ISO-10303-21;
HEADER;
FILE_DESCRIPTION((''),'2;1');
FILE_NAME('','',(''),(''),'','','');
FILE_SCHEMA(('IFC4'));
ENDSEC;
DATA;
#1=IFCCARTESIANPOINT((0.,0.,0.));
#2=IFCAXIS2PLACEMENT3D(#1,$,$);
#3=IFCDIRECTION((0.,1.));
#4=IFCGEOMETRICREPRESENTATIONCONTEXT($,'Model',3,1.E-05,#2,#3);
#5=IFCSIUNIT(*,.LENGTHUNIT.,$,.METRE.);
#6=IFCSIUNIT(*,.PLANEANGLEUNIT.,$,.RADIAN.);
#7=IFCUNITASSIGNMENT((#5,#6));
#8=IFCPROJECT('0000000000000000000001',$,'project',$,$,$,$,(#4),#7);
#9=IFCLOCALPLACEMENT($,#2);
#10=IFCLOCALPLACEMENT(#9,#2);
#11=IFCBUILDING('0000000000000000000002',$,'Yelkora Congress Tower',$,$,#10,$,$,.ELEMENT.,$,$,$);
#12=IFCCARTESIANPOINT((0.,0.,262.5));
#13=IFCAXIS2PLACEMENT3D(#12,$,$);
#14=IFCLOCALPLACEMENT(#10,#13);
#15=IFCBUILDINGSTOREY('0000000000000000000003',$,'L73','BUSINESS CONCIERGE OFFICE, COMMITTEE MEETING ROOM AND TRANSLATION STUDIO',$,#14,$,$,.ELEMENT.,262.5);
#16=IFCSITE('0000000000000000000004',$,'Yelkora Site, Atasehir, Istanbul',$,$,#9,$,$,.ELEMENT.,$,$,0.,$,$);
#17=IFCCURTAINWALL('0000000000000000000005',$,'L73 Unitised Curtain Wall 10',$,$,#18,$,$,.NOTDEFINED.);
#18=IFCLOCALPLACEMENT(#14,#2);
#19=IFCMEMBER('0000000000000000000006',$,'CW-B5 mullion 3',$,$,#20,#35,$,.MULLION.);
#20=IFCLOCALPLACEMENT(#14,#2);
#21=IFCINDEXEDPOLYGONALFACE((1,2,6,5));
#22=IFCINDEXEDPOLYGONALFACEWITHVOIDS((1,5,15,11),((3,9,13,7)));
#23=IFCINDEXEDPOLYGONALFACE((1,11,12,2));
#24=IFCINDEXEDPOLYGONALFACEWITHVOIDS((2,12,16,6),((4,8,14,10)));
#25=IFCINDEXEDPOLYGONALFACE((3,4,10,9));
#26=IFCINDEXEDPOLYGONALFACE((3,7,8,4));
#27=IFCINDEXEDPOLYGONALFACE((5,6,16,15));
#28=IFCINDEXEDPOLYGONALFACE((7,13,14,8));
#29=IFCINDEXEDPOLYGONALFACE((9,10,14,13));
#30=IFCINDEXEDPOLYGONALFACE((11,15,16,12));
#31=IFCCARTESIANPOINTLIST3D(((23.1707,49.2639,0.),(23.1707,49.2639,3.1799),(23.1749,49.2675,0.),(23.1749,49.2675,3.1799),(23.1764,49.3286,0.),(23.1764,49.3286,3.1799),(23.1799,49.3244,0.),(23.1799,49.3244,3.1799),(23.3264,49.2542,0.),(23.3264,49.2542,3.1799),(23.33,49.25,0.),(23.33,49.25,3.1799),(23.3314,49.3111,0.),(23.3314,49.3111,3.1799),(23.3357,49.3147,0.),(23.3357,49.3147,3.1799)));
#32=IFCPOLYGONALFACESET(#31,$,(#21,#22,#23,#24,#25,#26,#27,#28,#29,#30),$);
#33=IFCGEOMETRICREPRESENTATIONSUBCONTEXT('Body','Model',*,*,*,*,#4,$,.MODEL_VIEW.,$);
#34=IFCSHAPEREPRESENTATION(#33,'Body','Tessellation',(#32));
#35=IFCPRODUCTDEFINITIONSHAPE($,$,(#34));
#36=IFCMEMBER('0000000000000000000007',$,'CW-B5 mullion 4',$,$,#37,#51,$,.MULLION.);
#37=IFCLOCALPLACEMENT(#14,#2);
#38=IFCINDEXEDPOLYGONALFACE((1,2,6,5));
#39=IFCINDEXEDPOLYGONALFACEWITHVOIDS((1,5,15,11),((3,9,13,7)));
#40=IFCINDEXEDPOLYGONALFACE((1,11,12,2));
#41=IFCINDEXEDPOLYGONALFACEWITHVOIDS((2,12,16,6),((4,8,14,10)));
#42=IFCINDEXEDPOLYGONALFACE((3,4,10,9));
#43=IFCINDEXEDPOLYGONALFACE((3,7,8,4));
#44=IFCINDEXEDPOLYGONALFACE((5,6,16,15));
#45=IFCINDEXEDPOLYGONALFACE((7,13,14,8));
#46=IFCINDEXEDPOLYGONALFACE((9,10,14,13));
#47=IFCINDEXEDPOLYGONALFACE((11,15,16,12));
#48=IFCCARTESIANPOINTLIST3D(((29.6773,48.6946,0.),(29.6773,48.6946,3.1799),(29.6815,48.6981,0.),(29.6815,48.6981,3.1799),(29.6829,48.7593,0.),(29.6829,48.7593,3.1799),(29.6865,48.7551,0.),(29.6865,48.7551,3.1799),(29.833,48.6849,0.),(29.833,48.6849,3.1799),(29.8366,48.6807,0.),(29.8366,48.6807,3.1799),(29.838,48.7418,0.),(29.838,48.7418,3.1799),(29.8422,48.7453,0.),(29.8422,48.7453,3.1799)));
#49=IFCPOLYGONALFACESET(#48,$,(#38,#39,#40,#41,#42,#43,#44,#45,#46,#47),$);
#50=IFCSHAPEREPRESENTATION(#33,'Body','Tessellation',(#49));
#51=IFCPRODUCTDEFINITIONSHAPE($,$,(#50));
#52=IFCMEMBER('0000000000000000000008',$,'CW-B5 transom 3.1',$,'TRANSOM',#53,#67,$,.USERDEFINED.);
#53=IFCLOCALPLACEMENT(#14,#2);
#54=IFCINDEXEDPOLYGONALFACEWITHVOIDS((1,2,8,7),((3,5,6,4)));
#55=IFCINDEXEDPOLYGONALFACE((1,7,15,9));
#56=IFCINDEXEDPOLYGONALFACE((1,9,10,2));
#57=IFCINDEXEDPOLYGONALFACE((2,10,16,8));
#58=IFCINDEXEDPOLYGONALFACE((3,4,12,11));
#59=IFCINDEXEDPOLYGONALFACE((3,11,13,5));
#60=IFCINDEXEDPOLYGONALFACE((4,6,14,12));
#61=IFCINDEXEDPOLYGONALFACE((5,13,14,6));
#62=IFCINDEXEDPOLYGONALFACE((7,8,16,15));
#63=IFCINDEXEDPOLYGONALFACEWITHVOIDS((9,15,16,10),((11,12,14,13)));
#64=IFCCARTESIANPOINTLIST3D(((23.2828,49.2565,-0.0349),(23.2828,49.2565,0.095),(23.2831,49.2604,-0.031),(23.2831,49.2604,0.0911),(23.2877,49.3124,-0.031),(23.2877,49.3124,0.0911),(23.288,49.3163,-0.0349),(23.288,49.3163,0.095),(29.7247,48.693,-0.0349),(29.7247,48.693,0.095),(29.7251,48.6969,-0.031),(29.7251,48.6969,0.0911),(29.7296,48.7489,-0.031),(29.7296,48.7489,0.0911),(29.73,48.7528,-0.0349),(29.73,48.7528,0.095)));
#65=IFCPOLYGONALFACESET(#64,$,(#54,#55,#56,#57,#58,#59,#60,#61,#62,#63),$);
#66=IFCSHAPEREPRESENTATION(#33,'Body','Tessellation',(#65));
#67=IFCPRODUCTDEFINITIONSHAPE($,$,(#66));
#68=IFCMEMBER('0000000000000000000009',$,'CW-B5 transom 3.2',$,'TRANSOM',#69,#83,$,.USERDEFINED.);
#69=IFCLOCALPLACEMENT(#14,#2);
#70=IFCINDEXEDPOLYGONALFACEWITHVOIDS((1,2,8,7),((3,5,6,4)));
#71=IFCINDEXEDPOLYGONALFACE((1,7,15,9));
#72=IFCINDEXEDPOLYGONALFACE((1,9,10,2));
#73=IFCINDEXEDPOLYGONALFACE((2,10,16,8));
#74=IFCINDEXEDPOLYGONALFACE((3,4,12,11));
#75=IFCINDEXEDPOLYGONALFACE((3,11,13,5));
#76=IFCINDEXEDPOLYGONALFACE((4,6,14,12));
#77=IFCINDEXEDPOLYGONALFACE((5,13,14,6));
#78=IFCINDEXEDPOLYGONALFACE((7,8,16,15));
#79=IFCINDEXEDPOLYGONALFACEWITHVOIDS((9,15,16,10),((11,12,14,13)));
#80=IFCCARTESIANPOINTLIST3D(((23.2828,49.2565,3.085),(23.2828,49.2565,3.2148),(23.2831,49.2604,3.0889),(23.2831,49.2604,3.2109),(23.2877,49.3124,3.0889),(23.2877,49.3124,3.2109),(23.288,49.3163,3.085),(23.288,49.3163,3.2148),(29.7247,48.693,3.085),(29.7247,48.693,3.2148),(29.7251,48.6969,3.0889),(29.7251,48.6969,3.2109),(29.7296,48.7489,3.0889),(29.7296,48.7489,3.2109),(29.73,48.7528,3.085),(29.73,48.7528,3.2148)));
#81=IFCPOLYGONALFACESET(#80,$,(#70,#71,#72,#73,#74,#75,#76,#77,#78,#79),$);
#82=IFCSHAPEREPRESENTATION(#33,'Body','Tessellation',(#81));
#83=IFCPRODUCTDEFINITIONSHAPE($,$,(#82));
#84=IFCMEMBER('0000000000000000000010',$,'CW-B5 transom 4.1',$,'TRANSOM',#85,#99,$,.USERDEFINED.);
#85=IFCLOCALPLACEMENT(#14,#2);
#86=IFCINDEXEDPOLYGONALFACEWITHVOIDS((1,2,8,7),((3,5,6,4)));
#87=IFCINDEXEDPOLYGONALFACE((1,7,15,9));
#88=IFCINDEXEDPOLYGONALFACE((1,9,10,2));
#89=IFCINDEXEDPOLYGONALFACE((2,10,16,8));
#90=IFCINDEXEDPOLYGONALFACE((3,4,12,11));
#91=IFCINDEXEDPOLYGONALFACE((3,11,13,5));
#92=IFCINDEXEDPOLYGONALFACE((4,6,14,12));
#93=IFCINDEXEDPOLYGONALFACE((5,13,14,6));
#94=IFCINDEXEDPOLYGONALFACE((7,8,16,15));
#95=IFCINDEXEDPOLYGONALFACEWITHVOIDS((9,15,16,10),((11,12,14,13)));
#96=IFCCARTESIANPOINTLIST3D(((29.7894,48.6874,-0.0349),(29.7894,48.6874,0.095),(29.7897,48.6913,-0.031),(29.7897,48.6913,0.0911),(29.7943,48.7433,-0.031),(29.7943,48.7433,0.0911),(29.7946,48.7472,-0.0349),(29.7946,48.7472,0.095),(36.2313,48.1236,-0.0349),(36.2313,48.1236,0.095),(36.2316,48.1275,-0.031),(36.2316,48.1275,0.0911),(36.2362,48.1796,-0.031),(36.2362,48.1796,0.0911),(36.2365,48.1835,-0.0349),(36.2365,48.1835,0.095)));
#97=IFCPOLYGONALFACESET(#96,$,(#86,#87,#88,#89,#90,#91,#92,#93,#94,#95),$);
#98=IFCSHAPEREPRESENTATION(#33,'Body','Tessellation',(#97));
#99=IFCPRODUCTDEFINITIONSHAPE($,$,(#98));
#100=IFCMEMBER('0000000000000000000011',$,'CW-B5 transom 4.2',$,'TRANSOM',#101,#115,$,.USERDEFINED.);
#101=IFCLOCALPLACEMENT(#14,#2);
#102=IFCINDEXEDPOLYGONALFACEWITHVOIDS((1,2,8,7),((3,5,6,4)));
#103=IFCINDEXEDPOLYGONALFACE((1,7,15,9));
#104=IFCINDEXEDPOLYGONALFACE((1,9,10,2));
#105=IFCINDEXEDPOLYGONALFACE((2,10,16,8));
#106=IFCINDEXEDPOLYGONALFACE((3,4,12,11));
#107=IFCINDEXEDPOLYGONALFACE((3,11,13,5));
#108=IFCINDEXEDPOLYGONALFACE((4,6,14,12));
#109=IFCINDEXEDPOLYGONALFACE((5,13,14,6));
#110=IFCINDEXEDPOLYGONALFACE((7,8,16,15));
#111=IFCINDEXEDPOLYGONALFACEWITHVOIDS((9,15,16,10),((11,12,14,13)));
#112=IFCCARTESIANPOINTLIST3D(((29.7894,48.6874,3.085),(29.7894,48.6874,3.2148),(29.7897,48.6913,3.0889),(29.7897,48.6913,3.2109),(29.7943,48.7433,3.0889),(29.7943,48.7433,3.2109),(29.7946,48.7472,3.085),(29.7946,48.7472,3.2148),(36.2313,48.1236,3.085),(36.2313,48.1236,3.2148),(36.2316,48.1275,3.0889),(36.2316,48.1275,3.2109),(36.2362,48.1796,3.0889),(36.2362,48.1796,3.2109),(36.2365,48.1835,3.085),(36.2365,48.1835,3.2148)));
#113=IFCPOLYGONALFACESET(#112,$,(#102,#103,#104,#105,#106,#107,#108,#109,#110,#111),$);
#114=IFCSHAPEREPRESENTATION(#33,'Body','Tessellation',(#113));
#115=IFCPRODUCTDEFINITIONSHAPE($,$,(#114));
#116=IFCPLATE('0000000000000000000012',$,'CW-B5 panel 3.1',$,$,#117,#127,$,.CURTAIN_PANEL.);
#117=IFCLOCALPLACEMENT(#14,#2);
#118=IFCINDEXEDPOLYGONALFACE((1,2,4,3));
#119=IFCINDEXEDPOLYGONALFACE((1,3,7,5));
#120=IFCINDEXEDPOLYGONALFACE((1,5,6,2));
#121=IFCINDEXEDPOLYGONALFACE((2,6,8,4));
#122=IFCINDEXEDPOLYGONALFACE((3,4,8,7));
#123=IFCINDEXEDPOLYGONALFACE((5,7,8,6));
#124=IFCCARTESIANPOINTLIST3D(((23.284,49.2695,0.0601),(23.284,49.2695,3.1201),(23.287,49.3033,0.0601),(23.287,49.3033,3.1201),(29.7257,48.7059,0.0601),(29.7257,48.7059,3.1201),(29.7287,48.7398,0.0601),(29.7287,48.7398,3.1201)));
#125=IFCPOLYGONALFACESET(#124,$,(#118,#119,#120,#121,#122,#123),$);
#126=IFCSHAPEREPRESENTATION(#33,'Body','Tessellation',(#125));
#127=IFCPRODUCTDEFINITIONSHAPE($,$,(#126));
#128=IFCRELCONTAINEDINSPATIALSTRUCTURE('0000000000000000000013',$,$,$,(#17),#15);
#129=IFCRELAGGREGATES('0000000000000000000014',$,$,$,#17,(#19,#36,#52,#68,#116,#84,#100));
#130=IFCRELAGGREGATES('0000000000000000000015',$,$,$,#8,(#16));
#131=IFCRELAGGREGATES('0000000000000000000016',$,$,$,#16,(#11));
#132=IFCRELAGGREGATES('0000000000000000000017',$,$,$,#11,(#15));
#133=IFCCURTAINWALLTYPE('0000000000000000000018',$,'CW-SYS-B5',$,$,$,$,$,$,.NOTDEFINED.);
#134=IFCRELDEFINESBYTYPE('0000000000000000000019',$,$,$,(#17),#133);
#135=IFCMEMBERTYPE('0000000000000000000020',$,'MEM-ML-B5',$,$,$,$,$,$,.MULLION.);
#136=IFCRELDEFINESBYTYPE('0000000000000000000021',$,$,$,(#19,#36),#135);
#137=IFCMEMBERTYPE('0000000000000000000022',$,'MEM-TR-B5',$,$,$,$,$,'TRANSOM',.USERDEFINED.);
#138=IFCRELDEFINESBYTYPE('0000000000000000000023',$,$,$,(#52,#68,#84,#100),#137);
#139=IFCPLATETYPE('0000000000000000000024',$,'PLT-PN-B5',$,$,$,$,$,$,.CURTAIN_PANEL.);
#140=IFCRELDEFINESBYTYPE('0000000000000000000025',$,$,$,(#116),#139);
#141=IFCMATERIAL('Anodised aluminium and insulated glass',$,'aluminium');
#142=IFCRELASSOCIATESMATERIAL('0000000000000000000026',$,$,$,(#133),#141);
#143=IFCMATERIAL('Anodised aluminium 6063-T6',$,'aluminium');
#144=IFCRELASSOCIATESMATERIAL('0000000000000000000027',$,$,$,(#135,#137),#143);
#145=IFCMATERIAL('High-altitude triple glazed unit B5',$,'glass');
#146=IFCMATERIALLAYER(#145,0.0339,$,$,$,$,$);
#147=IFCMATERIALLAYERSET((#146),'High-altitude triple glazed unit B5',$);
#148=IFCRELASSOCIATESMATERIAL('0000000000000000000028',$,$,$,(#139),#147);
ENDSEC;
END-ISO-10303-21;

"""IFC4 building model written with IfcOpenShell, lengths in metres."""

from ifc_helpers import new_model, si_unit, direction, frame, origin, origin_2d, place, context, subcontext, project, spatial, rectangle, hollow_rectangle, extrude, material, layer, layer_set, material_profile, profile_set, type_object, element, aggregate, save


model = new_model("IFC4")

# Units and contexts
model_context = context("Model", 3, precision=1e-05, world=origin(), true_north=direction((0.0, 1.0)))
body_context = subcontext(model_context, "Body", "Model", "MODEL_VIEW")
ifc_project = project(units=[si_unit("LENGTHUNIT", "METRE"), si_unit("PLANEANGLEUNIT", "RADIAN")], contexts=[model_context])

# Site, building, storey
site_placement = place(None, origin())
site = spatial("IfcSite", under=ifc_project, at=site_placement, Name="Yelkora Site, Atasehir, Istanbul", CompositionType="ELEMENT", RefElevation=0.0)
building_placement = place(site_placement, origin())
building = spatial("IfcBuilding", under=site, at=building_placement, Name="Yelkora Congress Tower", CompositionType="ELEMENT")
storey_placement = place(building_placement, frame((0.0, 0.0, 262.5)))
storey = spatial("IfcBuildingStorey", under=building, at=storey_placement, Name="L73", Description="BUSINESS CONCIERGE OFFICE, COMMITTEE MEETING ROOM AND TRANSLATION STUDIO", CompositionType="ELEMENT", Elevation=262.5)

# Curtain wall, members, plate
ifc_material_1 = material(Name="Anodised aluminium and insulated glass", Category="aluminium")
curtain_wall_type = type_object("IfcCurtainWallType", Name="CW-SYS-B5", PredefinedType="NOTDEFINED", material=ifc_material_1)
curtain_wall_placement = place(storey_placement, origin())
curtain_wall = element("IfcCurtainWall", 1, at=curtain_wall_placement, inside=storey, type_object=curtain_wall_type, Name="L73 Unitised Curtain Wall 10", PredefinedType="NOTDEFINED")
ifc_material_2 = material(Name="Anodised aluminium 6063-T6", Category="aluminium")
ifc_material_profile_1 = material_profile(ifc_material_2, hollow_rectangle(XDim=0.0649, YDim=0.1599, WallThickness=0.0039, at=origin_2d()), Name="ALU 65x160x4")
ifc_profile_set_1 = profile_set([ifc_material_profile_1], Name="Anodised aluminium 6063-T6")
member_type_1 = type_object("IfcMemberType", Name="MEM-ML-B5", PredefinedType="MULLION", material=ifc_profile_set_1)
member_1_placement = place(storey_placement, frame((23.2532, 49.2893, 0.0), z_axis=(0.0, 0.0, 1.0), x_axis=(0.087157, 0.996195, 0.0)))
member_1 = element("IfcMember", 2, at=member_1_placement, type_object=member_type_1, Name="CW-B5 mullion 3", PredefinedType="MULLION", context=body_context, shape_type="SweptSolid", body=[
    extrude(hollow_rectangle(XDim=0.0649, YDim=0.1599, WallThickness=0.0039, at=origin_2d()), origin(), (0.0, 0.0, 1.0), 3.1799),
])
member_2_placement = place(storey_placement, frame((29.7598, 48.72, 0.0), z_axis=(0.0, 0.0, 1.0), x_axis=(0.087157, 0.996195, 0.0)))
member_2 = element("IfcMember", 3, at=member_2_placement, type_object=member_type_1, Name="CW-B5 mullion 4", PredefinedType="MULLION", context=body_context, shape_type="SweptSolid", body=[
    extrude(hollow_rectangle(XDim=0.0649, YDim=0.1599, WallThickness=0.0039, at=origin_2d()), origin(), (0.0, 0.0, 1.0), 3.1799),
])
ifc_material_profile_2 = material_profile(ifc_material_2, hollow_rectangle(XDim=0.0601, YDim=0.1299, WallThickness=0.0039, at=origin_2d()), Name="ALU 60x130x4")
ifc_profile_set_2 = profile_set([ifc_material_profile_2], Name="Anodised aluminium 6063-T6")
member_type_2 = type_object("IfcMemberType", Name="MEM-TR-B5", ElementType="TRANSOM", PredefinedType="USERDEFINED", material=ifc_profile_set_2)
member_3_placement = place(storey_placement, frame((23.2854, 49.2864, 0.03), z_axis=(0.996196, -0.087138, 0.0), x_axis=(0.087138, 0.996196, 0.0)))
member_3 = element("IfcMember", 4, at=member_3_placement, type_object=member_type_2, Name="CW-B5 transom 3.1", ObjectType="TRANSOM", PredefinedType="USERDEFINED", context=body_context, shape_type="SweptSolid", body=[
    extrude(hollow_rectangle(XDim=0.0601, YDim=0.1299, WallThickness=0.0039, at=origin_2d()), origin(), (0.0, 0.0, 1.0), 6.4666),
])
member_4_placement = place(storey_placement, frame((23.2854, 49.2864, 3.1499), z_axis=(0.996196, -0.087138, 0.0), x_axis=(0.087138, 0.996196, 0.0)))
member_4 = element("IfcMember", 5, at=member_4_placement, type_object=member_type_2, Name="CW-B5 transom 3.2", ObjectType="TRANSOM", PredefinedType="USERDEFINED", context=body_context, shape_type="SweptSolid", body=[
    extrude(hollow_rectangle(XDim=0.0601, YDim=0.1299, WallThickness=0.0039, at=origin_2d()), origin(), (0.0, 0.0, 1.0), 6.4666),
])
member_5_placement = place(storey_placement, frame((29.792, 48.7173, 0.03), z_axis=(0.996193, -0.087175, 0.0), x_axis=(0.087175, 0.996193, 0.0)))
member_5 = element("IfcMember", 6, at=member_5_placement, type_object=member_type_2, Name="CW-B5 transom 4.1", ObjectType="TRANSOM", PredefinedType="USERDEFINED", context=body_context, shape_type="SweptSolid", body=[
    extrude(hollow_rectangle(XDim=0.0601, YDim=0.1299, WallThickness=0.0039, at=origin_2d()), origin(), (0.0, 0.0, 1.0), 6.4666),
])
member_6_placement = place(storey_placement, frame((29.792, 48.7173, 3.1499), z_axis=(0.996193, -0.087175, 0.0), x_axis=(0.087175, 0.996193, 0.0)))
member_6 = element("IfcMember", 7, at=member_6_placement, type_object=member_type_2, Name="CW-B5 transom 4.2", ObjectType="TRANSOM", PredefinedType="USERDEFINED", context=body_context, shape_type="SweptSolid", body=[
    extrude(hollow_rectangle(XDim=0.0601, YDim=0.1299, WallThickness=0.0039, at=origin_2d()), origin(), (0.0, 0.0, 1.0), 6.4666),
])
ifc_material_3 = material(Name="High-altitude triple glazed unit B5", Category="glass")
ifc_layer_1 = layer(ifc_material_3, 0.0339)
ifc_layer_set_1 = layer_set([ifc_layer_1], Name="High-altitude triple glazed unit B5")
plate_type = type_object("IfcPlateType", Name="PLT-PN-B5", PredefinedType="CURTAIN_PANEL", material=ifc_layer_set_1)
plate_placement = place(storey_placement, frame((26.5063, 49.0046, 0.0601), z_axis=(0.0, 0.0, 1.0), x_axis=(0.996195, -0.087157, 0.0)))
plate = element("IfcPlate", 8, at=plate_placement, type_object=plate_type, Name="CW-B5 panel 3.1", PredefinedType="CURTAIN_PANEL", context=body_context, shape_type="SweptSolid", body=[
    extrude(rectangle(XDim=6.4663, YDim=0.0339, at=origin_2d()), origin(), (0.0, 0.0, 1.0), 3.0601),
])
aggregate(curtain_wall, [member_1, member_2, member_3, member_4, plate, member_5, member_6])

save(model, "model.ifc")
